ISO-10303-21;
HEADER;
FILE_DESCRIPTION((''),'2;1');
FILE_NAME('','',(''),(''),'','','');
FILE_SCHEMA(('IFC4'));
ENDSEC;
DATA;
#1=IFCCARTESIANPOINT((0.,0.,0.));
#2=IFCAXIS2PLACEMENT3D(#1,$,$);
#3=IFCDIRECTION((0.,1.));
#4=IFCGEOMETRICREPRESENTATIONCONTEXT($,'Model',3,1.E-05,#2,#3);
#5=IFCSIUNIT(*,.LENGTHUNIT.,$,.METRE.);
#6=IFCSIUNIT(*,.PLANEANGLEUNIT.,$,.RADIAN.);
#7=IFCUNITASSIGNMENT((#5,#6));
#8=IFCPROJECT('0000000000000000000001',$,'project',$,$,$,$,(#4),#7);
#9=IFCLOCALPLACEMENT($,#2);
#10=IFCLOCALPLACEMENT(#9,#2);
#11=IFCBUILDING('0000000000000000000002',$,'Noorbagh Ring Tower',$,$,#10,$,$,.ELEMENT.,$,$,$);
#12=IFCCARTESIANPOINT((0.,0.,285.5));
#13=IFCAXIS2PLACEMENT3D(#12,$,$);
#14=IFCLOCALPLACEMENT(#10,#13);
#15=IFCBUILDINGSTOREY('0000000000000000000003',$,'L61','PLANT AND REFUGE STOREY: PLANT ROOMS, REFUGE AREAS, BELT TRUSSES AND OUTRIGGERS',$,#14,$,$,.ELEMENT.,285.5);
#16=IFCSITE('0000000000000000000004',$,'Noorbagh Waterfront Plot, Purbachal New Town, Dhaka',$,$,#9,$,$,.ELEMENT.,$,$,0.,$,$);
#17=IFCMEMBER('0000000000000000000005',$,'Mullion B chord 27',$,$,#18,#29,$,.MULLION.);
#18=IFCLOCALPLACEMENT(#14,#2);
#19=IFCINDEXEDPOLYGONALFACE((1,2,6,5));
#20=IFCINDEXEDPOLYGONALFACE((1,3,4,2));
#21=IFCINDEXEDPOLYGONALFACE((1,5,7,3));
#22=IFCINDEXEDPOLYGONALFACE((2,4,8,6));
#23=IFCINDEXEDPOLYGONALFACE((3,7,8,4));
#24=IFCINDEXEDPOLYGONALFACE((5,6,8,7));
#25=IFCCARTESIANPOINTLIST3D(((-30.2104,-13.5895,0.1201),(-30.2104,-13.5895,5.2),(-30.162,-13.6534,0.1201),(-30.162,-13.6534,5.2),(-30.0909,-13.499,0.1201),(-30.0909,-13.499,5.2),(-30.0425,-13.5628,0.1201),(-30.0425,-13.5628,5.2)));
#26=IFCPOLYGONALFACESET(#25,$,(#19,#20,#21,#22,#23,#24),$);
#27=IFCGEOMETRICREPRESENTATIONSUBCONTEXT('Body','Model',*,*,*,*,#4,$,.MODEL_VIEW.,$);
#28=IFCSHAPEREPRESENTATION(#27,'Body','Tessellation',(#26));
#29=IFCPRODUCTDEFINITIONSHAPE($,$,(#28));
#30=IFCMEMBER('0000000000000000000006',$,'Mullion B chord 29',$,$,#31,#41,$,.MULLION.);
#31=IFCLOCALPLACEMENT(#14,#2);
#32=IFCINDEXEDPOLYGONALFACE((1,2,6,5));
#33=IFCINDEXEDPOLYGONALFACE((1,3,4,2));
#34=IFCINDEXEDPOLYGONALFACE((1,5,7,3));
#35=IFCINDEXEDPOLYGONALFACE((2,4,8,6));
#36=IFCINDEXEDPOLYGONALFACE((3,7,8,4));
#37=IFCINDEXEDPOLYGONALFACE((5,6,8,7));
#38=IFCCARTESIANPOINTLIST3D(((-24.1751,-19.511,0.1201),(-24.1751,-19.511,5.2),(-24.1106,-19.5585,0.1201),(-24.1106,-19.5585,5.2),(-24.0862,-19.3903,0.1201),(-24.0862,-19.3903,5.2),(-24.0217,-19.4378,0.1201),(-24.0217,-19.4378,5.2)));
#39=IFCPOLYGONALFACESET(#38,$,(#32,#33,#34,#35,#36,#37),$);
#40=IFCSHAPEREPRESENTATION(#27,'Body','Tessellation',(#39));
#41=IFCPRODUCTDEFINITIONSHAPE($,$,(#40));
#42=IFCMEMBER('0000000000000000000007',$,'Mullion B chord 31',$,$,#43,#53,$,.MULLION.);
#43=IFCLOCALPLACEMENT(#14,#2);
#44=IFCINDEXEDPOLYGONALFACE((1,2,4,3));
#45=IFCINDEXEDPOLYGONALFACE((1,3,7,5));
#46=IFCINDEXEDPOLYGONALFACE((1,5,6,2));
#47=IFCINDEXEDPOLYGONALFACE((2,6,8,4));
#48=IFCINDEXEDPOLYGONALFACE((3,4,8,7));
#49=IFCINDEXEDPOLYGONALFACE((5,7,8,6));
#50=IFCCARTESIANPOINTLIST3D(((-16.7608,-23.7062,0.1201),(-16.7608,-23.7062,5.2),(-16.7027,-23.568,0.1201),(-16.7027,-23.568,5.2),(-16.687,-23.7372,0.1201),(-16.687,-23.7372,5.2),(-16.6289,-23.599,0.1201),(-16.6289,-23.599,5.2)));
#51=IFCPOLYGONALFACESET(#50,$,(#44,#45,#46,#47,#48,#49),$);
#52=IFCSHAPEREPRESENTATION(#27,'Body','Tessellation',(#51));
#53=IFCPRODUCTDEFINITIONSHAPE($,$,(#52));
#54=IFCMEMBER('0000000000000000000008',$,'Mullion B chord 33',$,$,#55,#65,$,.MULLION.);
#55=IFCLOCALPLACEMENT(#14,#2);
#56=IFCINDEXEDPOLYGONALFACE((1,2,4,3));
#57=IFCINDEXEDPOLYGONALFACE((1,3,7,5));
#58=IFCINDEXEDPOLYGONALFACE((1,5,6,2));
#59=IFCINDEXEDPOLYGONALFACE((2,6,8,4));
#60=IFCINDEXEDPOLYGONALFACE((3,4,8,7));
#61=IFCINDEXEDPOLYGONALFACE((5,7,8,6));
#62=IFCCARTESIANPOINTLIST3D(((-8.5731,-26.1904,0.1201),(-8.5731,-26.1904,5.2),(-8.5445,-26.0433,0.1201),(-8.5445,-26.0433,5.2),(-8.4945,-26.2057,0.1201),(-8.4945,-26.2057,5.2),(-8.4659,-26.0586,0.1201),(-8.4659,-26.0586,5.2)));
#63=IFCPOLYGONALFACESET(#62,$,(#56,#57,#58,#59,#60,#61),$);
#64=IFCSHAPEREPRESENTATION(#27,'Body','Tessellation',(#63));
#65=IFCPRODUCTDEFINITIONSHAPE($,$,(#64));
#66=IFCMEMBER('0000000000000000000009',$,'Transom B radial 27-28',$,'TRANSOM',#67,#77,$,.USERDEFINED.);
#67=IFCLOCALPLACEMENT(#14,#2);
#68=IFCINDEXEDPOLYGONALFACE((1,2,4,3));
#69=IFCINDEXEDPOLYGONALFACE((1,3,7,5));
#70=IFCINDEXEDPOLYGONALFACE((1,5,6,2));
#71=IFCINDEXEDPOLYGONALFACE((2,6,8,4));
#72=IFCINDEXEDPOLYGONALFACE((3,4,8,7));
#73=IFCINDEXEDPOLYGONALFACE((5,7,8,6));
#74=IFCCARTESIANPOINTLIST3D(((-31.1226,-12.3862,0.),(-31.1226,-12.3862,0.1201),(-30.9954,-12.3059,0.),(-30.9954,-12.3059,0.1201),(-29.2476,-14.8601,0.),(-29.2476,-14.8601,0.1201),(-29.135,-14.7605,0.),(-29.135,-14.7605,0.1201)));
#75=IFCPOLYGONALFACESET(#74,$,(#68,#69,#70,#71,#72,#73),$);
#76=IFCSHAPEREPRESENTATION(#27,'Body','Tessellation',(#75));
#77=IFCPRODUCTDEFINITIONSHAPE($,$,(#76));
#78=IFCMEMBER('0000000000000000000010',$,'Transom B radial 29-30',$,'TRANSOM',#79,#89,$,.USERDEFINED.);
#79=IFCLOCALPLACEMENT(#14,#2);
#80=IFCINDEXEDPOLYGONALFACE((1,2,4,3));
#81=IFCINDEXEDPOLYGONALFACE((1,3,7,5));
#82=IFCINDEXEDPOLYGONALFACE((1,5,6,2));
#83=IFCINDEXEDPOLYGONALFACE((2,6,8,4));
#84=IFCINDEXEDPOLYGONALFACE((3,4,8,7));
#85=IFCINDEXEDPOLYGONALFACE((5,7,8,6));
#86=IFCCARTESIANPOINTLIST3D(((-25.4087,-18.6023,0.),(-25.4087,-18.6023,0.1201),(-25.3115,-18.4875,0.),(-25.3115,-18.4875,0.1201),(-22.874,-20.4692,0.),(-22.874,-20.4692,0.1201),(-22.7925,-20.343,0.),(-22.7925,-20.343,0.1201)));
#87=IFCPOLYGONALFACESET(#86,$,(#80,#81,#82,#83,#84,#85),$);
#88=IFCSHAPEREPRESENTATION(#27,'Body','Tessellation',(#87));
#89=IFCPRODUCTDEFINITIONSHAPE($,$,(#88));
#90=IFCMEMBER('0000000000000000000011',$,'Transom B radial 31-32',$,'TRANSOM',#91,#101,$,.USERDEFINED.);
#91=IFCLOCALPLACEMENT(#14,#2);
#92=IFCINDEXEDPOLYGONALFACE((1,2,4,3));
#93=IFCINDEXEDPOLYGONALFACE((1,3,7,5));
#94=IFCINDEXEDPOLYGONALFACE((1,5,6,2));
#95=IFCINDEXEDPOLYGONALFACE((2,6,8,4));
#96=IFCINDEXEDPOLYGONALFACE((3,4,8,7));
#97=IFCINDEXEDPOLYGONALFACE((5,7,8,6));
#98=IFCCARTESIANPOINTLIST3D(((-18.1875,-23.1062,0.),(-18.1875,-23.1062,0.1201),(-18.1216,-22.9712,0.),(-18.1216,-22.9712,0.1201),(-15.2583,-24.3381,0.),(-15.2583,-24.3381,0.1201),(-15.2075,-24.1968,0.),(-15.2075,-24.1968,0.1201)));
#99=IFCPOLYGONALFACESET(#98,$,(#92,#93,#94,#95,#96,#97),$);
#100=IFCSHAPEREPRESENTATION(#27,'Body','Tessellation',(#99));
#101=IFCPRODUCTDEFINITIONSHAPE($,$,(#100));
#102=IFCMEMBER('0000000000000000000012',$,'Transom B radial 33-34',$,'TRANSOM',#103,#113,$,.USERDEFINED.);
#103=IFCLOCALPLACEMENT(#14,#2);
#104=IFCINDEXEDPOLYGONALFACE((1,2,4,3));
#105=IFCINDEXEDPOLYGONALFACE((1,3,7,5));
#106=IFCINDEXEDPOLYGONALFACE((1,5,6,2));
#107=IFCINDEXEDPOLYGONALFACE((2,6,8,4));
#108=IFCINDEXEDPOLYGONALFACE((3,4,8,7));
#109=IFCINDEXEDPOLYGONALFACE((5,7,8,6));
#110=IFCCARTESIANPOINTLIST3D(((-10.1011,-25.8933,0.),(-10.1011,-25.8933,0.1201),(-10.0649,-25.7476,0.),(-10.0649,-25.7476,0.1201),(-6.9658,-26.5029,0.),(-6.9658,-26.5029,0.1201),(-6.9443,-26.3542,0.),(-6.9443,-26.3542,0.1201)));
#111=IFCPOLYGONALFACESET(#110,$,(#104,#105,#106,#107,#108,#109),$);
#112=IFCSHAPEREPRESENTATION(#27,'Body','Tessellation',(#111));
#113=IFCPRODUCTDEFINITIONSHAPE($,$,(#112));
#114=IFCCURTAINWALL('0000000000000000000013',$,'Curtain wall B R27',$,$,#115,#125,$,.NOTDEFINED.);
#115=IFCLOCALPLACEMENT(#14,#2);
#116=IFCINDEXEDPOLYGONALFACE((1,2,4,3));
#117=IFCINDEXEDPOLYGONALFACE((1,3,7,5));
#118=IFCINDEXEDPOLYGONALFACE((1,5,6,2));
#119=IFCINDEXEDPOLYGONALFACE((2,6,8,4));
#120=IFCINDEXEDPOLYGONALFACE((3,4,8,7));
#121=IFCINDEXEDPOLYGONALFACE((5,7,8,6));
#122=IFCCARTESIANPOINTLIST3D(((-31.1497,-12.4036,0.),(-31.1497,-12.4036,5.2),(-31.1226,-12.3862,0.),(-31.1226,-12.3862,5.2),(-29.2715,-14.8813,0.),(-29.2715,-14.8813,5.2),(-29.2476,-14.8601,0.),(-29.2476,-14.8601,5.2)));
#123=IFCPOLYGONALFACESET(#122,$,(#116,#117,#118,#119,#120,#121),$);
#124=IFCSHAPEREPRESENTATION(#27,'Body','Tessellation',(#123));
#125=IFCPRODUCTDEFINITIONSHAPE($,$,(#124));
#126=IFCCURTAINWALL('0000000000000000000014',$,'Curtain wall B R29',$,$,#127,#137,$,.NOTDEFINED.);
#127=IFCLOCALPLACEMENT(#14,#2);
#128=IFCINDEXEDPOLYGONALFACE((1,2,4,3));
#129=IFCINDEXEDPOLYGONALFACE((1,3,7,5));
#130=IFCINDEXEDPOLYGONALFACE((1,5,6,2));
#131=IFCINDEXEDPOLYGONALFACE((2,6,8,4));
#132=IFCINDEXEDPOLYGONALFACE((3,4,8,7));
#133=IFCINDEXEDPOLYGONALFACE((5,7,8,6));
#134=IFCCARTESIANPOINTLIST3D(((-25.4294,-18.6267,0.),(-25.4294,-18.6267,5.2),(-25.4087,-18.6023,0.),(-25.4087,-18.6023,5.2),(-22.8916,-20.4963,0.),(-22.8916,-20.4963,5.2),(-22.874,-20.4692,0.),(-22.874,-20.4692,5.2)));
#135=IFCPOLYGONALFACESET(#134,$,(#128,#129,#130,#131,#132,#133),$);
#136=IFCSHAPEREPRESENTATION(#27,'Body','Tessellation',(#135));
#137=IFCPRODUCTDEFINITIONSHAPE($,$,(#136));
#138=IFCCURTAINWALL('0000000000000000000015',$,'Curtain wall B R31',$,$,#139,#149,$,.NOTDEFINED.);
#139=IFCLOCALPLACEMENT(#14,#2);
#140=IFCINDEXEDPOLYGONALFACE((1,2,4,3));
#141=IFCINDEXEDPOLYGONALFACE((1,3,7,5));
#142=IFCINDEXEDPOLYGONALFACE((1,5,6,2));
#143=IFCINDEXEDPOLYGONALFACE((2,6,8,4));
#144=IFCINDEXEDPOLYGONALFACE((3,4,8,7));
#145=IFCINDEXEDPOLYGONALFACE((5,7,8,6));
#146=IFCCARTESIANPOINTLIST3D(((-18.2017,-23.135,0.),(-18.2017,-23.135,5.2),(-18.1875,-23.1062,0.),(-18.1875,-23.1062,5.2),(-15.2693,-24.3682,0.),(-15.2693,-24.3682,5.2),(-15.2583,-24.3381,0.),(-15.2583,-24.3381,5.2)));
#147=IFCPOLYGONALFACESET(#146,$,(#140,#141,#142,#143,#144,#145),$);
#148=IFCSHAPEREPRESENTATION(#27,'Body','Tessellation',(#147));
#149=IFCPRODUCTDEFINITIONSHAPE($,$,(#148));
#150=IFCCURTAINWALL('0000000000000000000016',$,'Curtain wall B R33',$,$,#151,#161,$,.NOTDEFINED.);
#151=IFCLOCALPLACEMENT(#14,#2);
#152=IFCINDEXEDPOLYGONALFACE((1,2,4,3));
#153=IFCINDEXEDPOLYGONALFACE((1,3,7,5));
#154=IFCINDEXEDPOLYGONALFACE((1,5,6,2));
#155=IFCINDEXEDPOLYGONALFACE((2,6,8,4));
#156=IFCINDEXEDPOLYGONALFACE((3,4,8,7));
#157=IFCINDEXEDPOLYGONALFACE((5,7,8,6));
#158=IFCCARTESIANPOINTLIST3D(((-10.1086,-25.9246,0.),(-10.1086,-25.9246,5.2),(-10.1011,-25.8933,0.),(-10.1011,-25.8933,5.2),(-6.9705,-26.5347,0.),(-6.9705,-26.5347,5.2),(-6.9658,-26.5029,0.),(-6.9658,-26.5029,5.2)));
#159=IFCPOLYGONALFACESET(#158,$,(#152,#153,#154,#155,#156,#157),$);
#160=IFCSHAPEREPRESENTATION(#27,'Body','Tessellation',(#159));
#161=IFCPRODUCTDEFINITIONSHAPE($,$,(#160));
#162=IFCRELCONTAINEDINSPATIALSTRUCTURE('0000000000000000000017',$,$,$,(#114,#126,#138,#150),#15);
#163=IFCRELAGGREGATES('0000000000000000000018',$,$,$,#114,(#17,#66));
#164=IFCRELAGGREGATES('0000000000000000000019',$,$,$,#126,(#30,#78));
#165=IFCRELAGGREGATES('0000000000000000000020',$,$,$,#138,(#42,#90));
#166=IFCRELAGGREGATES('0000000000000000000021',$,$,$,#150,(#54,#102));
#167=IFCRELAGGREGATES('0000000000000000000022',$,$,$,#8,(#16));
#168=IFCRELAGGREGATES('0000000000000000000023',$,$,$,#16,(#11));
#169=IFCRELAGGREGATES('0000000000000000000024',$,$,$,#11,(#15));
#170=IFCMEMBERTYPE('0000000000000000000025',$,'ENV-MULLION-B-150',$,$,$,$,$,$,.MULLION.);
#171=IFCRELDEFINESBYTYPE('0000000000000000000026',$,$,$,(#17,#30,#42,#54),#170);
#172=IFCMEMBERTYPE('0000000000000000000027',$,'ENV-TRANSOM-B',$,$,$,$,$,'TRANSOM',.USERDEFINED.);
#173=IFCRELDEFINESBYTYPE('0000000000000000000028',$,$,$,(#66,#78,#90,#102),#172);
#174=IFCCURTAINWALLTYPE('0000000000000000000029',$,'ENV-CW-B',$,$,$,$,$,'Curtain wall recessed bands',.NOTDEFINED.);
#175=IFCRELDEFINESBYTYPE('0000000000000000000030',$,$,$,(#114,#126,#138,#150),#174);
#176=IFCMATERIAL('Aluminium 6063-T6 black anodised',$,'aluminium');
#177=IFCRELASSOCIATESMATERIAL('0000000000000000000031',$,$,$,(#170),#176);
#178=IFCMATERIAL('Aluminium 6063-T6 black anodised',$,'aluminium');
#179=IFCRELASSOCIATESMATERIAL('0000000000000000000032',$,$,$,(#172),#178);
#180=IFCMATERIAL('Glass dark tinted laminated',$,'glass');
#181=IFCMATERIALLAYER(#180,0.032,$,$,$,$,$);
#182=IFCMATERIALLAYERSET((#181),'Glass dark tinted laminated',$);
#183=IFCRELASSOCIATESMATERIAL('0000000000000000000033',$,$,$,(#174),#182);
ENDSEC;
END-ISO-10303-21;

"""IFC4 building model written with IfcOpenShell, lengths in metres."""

from ifc_helpers import new_model, si_unit, direction, frame, origin, origin_2d, place, context, subcontext, project, spatial, polyline, rectangle, outline, extrude, material, layer, layer_set, material_profile, profile_set, type_object, element, aggregate, save


model = new_model("IFC4")

# Units and contexts
model_context = context("Model", 3, precision=1e-05, world=origin(), true_north=direction((0.0, 1.0)))
body_context = subcontext(model_context, "Body", "Model", "MODEL_VIEW")
ifc_project = project(units=[si_unit("LENGTHUNIT", "METRE"), si_unit("PLANEANGLEUNIT", "RADIAN")], contexts=[model_context])

# Members
ifc_material_1 = material(Name="Aluminium 6063-T6 black anodised", Category="aluminium")
ifc_material_profile = material_profile(ifc_material_1, rectangle(XDim=0.1499, YDim=0.0801, at=origin_2d()), Name="150x80")
ifc_profile_set = profile_set([ifc_material_profile], Name="Aluminium 6063-T6 black anodised")
member_type_1 = type_object("IfcMemberType", Name="ENV-MULLION-B-150", PredefinedType="MULLION", material=ifc_profile_set)
site_placement = place(None, origin())
building_placement = place(site_placement, origin())
storey_placement = place(building_placement, frame((0.0, 0.0, 285.5)))
member_1_placement = place(storey_placement, frame((-30.1265, -13.5762, 0.1201), z_axis=(0.0, 0.0, 1.0), x_axis=(0.796969, 0.60402, 0.0)))
member_1 = element("IfcMember", 1, at=member_1_placement, type_object=member_type_1, Name="Mullion B chord 27", PredefinedType="MULLION", context=body_context, shape_type="SweptSolid", body=[
    extrude(rectangle(XDim=0.1499, YDim=0.0801, at=origin_2d()), origin(), (0.0, 0.0, 1.0), 5.0798),
])
member_2_placement = place(storey_placement, frame((-24.0984, -19.4744, 0.1201), z_axis=(0.0, 0.0, 1.0), x_axis=(0.593067, 0.805153, 0.0)))
member_2 = element("IfcMember", 2, at=member_2_placement, type_object=member_type_1, Name="Mullion B chord 29", PredefinedType="MULLION", context=body_context, shape_type="SweptSolid", body=[
    extrude(rectangle(XDim=0.1499, YDim=0.0801, at=origin_2d()), origin(), (0.0, 0.0, 1.0), 5.0798),
])
member_3_placement = place(storey_placement, frame((-16.6948, -23.6526, 0.1201), z_axis=(0.0, 0.0, 1.0), x_axis=(0.387638, 0.921812, 0.0)))
member_3 = element("IfcMember", 3, at=member_3_placement, type_object=member_type_1, Name="Mullion B chord 31", PredefinedType="MULLION", context=body_context, shape_type="SweptSolid", body=[
    extrude(rectangle(XDim=0.1499, YDim=0.0801, at=origin_2d()), origin(), (0.0, 0.0, 1.0), 5.0798),
])
member_4_placement = place(storey_placement, frame((-8.5195, -26.1245, 0.1201), z_axis=(0.0, 0.0, 1.0), x_axis=(0.19082, 0.981625, 0.0)))
member_4 = element("IfcMember", 4, at=member_4_placement, type_object=member_type_1, Name="Mullion B chord 33", PredefinedType="MULLION", context=body_context, shape_type="SweptSolid", body=[
    extrude(rectangle(XDim=0.1499, YDim=0.0801, at=origin_2d()), origin(), (0.0, 0.0, 1.0), 5.0798),
])
ifc_material_2 = material(Name="Aluminium 6063-T6 black anodised", Category="aluminium")
member_type_2 = type_object("IfcMemberType", Name="ENV-TRANSOM-B", ElementType="TRANSOM", PredefinedType="USERDEFINED", material=ifc_material_2)
member_5_placement = place(storey_placement, origin())
member_5 = element("IfcMember", 5, at=member_5_placement, type_object=member_type_2, Name="Transom B radial 27-28", ObjectType="TRANSOM", PredefinedType="USERDEFINED", context=body_context, shape_type="SweptSolid", body=[
    extrude(outline(polyline([(-31.1226, -12.3862), (-29.2476, -14.8601), (-29.135, -14.7605), (-30.9954, -12.3059), (-31.1226, -12.3862)])), origin(), (0.0, 0.0, 1.0), 0.1201),
])
member_6_placement = place(storey_placement, origin())
member_6 = element("IfcMember", 6, at=member_6_placement, type_object=member_type_2, Name="Transom B radial 29-30", ObjectType="TRANSOM", PredefinedType="USERDEFINED", context=body_context, shape_type="SweptSolid", body=[
    extrude(outline(polyline([(-25.4087, -18.6023), (-22.874, -20.4692), (-22.7925, -20.343), (-25.3115, -18.4875), (-25.4087, -18.6023)])), origin(), (0.0, 0.0, 1.0), 0.1201),
])
member_7_placement = place(storey_placement, origin())
member_7 = element("IfcMember", 7, at=member_7_placement, type_object=member_type_2, Name="Transom B radial 31-32", ObjectType="TRANSOM", PredefinedType="USERDEFINED", context=body_context, shape_type="SweptSolid", body=[
    extrude(outline(polyline([(-18.1875, -23.1062), (-15.2583, -24.3381), (-15.2075, -24.1968), (-18.1216, -22.9712), (-18.1875, -23.1062)])), origin(), (0.0, 0.0, 1.0), 0.1201),
])
member_8_placement = place(storey_placement, origin())
member_8 = element("IfcMember", 8, at=member_8_placement, type_object=member_type_2, Name="Transom B radial 33-34", ObjectType="TRANSOM", PredefinedType="USERDEFINED", context=body_context, shape_type="SweptSolid", body=[
    extrude(outline(polyline([(-10.1011, -25.8933), (-6.9658, -26.5029), (-6.9443, -26.3542), (-10.0649, -25.7476), (-10.1011, -25.8933)])), origin(), (0.0, 0.0, 1.0), 0.1201),
])

# Site, building, storey
site = spatial("IfcSite", under=ifc_project, at=site_placement, Name="Noorbagh Waterfront Plot, Purbachal New Town, Dhaka", CompositionType="ELEMENT", RefElevation=0.0)
building = spatial("IfcBuilding", under=site, at=building_placement, Name="Noorbagh Ring Tower", CompositionType="ELEMENT")
storey = spatial("IfcBuildingStorey", under=building, at=storey_placement, Name="L61", Description="PLANT AND REFUGE STOREY: PLANT ROOMS, REFUGE AREAS, BELT TRUSSES AND OUTRIGGERS", CompositionType="ELEMENT", Elevation=285.5)

# Curtain walls
ifc_material_3 = material(Name="Glass dark tinted laminated", Category="glass")
ifc_layer = layer(ifc_material_3, 0.032)
ifc_layer_set = layer_set([ifc_layer], Name="Glass dark tinted laminated")
curtain_wall_type = type_object("IfcCurtainWallType", Name="ENV-CW-B", ElementType="Curtain wall recessed bands", PredefinedType="NOTDEFINED", material=ifc_layer_set)
curtain_wall_1_placement = place(storey_placement, origin())
curtain_wall_1 = element("IfcCurtainWall", 9, at=curtain_wall_1_placement, inside=storey, type_object=curtain_wall_type, Name="Curtain wall B R27", PredefinedType="NOTDEFINED", context=body_context, shape_type="SweptSolid", body=[
    extrude(outline(polyline([(-31.1497, -12.4036), (-29.2715, -14.8813), (-29.2476, -14.8601), (-31.1226, -12.3862), (-31.1497, -12.4036)])), origin(), (0.0, 0.0, 1.0), 5.2),
])
aggregate(curtain_wall_1, [member_1, member_5])
curtain_wall_2_placement = place(storey_placement, origin())
curtain_wall_2 = element("IfcCurtainWall", 10, at=curtain_wall_2_placement, inside=storey, type_object=curtain_wall_type, Name="Curtain wall B R29", PredefinedType="NOTDEFINED", context=body_context, shape_type="SweptSolid", body=[
    extrude(outline(polyline([(-25.4294, -18.6267), (-22.8916, -20.4963), (-22.874, -20.4692), (-25.4087, -18.6023), (-25.4294, -18.6267)])), origin(), (0.0, 0.0, 1.0), 5.2),
])
aggregate(curtain_wall_2, [member_2, member_6])
curtain_wall_3_placement = place(storey_placement, origin())
curtain_wall_3 = element("IfcCurtainWall", 11, at=curtain_wall_3_placement, inside=storey, type_object=curtain_wall_type, Name="Curtain wall B R31", PredefinedType="NOTDEFINED", context=body_context, shape_type="SweptSolid", body=[
    extrude(outline(polyline([(-18.2017, -23.135), (-15.2693, -24.3682), (-15.2583, -24.3381), (-18.1875, -23.1062), (-18.2017, -23.135)])), origin(), (0.0, 0.0, 1.0), 5.2),
])
aggregate(curtain_wall_3, [member_3, member_7])
curtain_wall_4_placement = place(storey_placement, origin())
curtain_wall_4 = element("IfcCurtainWall", 12, at=curtain_wall_4_placement, inside=storey, type_object=curtain_wall_type, Name="Curtain wall B R33", PredefinedType="NOTDEFINED", context=body_context, shape_type="SweptSolid", body=[
    extrude(outline(polyline([(-10.1086, -25.9246), (-6.9705, -26.5347), (-6.9658, -26.5029), (-10.1011, -25.8933), (-10.1086, -25.9246)])), origin(), (0.0, 0.0, 1.0), 5.2),
])
aggregate(curtain_wall_4, [member_4, member_8])

save(model, "model.ifc")
